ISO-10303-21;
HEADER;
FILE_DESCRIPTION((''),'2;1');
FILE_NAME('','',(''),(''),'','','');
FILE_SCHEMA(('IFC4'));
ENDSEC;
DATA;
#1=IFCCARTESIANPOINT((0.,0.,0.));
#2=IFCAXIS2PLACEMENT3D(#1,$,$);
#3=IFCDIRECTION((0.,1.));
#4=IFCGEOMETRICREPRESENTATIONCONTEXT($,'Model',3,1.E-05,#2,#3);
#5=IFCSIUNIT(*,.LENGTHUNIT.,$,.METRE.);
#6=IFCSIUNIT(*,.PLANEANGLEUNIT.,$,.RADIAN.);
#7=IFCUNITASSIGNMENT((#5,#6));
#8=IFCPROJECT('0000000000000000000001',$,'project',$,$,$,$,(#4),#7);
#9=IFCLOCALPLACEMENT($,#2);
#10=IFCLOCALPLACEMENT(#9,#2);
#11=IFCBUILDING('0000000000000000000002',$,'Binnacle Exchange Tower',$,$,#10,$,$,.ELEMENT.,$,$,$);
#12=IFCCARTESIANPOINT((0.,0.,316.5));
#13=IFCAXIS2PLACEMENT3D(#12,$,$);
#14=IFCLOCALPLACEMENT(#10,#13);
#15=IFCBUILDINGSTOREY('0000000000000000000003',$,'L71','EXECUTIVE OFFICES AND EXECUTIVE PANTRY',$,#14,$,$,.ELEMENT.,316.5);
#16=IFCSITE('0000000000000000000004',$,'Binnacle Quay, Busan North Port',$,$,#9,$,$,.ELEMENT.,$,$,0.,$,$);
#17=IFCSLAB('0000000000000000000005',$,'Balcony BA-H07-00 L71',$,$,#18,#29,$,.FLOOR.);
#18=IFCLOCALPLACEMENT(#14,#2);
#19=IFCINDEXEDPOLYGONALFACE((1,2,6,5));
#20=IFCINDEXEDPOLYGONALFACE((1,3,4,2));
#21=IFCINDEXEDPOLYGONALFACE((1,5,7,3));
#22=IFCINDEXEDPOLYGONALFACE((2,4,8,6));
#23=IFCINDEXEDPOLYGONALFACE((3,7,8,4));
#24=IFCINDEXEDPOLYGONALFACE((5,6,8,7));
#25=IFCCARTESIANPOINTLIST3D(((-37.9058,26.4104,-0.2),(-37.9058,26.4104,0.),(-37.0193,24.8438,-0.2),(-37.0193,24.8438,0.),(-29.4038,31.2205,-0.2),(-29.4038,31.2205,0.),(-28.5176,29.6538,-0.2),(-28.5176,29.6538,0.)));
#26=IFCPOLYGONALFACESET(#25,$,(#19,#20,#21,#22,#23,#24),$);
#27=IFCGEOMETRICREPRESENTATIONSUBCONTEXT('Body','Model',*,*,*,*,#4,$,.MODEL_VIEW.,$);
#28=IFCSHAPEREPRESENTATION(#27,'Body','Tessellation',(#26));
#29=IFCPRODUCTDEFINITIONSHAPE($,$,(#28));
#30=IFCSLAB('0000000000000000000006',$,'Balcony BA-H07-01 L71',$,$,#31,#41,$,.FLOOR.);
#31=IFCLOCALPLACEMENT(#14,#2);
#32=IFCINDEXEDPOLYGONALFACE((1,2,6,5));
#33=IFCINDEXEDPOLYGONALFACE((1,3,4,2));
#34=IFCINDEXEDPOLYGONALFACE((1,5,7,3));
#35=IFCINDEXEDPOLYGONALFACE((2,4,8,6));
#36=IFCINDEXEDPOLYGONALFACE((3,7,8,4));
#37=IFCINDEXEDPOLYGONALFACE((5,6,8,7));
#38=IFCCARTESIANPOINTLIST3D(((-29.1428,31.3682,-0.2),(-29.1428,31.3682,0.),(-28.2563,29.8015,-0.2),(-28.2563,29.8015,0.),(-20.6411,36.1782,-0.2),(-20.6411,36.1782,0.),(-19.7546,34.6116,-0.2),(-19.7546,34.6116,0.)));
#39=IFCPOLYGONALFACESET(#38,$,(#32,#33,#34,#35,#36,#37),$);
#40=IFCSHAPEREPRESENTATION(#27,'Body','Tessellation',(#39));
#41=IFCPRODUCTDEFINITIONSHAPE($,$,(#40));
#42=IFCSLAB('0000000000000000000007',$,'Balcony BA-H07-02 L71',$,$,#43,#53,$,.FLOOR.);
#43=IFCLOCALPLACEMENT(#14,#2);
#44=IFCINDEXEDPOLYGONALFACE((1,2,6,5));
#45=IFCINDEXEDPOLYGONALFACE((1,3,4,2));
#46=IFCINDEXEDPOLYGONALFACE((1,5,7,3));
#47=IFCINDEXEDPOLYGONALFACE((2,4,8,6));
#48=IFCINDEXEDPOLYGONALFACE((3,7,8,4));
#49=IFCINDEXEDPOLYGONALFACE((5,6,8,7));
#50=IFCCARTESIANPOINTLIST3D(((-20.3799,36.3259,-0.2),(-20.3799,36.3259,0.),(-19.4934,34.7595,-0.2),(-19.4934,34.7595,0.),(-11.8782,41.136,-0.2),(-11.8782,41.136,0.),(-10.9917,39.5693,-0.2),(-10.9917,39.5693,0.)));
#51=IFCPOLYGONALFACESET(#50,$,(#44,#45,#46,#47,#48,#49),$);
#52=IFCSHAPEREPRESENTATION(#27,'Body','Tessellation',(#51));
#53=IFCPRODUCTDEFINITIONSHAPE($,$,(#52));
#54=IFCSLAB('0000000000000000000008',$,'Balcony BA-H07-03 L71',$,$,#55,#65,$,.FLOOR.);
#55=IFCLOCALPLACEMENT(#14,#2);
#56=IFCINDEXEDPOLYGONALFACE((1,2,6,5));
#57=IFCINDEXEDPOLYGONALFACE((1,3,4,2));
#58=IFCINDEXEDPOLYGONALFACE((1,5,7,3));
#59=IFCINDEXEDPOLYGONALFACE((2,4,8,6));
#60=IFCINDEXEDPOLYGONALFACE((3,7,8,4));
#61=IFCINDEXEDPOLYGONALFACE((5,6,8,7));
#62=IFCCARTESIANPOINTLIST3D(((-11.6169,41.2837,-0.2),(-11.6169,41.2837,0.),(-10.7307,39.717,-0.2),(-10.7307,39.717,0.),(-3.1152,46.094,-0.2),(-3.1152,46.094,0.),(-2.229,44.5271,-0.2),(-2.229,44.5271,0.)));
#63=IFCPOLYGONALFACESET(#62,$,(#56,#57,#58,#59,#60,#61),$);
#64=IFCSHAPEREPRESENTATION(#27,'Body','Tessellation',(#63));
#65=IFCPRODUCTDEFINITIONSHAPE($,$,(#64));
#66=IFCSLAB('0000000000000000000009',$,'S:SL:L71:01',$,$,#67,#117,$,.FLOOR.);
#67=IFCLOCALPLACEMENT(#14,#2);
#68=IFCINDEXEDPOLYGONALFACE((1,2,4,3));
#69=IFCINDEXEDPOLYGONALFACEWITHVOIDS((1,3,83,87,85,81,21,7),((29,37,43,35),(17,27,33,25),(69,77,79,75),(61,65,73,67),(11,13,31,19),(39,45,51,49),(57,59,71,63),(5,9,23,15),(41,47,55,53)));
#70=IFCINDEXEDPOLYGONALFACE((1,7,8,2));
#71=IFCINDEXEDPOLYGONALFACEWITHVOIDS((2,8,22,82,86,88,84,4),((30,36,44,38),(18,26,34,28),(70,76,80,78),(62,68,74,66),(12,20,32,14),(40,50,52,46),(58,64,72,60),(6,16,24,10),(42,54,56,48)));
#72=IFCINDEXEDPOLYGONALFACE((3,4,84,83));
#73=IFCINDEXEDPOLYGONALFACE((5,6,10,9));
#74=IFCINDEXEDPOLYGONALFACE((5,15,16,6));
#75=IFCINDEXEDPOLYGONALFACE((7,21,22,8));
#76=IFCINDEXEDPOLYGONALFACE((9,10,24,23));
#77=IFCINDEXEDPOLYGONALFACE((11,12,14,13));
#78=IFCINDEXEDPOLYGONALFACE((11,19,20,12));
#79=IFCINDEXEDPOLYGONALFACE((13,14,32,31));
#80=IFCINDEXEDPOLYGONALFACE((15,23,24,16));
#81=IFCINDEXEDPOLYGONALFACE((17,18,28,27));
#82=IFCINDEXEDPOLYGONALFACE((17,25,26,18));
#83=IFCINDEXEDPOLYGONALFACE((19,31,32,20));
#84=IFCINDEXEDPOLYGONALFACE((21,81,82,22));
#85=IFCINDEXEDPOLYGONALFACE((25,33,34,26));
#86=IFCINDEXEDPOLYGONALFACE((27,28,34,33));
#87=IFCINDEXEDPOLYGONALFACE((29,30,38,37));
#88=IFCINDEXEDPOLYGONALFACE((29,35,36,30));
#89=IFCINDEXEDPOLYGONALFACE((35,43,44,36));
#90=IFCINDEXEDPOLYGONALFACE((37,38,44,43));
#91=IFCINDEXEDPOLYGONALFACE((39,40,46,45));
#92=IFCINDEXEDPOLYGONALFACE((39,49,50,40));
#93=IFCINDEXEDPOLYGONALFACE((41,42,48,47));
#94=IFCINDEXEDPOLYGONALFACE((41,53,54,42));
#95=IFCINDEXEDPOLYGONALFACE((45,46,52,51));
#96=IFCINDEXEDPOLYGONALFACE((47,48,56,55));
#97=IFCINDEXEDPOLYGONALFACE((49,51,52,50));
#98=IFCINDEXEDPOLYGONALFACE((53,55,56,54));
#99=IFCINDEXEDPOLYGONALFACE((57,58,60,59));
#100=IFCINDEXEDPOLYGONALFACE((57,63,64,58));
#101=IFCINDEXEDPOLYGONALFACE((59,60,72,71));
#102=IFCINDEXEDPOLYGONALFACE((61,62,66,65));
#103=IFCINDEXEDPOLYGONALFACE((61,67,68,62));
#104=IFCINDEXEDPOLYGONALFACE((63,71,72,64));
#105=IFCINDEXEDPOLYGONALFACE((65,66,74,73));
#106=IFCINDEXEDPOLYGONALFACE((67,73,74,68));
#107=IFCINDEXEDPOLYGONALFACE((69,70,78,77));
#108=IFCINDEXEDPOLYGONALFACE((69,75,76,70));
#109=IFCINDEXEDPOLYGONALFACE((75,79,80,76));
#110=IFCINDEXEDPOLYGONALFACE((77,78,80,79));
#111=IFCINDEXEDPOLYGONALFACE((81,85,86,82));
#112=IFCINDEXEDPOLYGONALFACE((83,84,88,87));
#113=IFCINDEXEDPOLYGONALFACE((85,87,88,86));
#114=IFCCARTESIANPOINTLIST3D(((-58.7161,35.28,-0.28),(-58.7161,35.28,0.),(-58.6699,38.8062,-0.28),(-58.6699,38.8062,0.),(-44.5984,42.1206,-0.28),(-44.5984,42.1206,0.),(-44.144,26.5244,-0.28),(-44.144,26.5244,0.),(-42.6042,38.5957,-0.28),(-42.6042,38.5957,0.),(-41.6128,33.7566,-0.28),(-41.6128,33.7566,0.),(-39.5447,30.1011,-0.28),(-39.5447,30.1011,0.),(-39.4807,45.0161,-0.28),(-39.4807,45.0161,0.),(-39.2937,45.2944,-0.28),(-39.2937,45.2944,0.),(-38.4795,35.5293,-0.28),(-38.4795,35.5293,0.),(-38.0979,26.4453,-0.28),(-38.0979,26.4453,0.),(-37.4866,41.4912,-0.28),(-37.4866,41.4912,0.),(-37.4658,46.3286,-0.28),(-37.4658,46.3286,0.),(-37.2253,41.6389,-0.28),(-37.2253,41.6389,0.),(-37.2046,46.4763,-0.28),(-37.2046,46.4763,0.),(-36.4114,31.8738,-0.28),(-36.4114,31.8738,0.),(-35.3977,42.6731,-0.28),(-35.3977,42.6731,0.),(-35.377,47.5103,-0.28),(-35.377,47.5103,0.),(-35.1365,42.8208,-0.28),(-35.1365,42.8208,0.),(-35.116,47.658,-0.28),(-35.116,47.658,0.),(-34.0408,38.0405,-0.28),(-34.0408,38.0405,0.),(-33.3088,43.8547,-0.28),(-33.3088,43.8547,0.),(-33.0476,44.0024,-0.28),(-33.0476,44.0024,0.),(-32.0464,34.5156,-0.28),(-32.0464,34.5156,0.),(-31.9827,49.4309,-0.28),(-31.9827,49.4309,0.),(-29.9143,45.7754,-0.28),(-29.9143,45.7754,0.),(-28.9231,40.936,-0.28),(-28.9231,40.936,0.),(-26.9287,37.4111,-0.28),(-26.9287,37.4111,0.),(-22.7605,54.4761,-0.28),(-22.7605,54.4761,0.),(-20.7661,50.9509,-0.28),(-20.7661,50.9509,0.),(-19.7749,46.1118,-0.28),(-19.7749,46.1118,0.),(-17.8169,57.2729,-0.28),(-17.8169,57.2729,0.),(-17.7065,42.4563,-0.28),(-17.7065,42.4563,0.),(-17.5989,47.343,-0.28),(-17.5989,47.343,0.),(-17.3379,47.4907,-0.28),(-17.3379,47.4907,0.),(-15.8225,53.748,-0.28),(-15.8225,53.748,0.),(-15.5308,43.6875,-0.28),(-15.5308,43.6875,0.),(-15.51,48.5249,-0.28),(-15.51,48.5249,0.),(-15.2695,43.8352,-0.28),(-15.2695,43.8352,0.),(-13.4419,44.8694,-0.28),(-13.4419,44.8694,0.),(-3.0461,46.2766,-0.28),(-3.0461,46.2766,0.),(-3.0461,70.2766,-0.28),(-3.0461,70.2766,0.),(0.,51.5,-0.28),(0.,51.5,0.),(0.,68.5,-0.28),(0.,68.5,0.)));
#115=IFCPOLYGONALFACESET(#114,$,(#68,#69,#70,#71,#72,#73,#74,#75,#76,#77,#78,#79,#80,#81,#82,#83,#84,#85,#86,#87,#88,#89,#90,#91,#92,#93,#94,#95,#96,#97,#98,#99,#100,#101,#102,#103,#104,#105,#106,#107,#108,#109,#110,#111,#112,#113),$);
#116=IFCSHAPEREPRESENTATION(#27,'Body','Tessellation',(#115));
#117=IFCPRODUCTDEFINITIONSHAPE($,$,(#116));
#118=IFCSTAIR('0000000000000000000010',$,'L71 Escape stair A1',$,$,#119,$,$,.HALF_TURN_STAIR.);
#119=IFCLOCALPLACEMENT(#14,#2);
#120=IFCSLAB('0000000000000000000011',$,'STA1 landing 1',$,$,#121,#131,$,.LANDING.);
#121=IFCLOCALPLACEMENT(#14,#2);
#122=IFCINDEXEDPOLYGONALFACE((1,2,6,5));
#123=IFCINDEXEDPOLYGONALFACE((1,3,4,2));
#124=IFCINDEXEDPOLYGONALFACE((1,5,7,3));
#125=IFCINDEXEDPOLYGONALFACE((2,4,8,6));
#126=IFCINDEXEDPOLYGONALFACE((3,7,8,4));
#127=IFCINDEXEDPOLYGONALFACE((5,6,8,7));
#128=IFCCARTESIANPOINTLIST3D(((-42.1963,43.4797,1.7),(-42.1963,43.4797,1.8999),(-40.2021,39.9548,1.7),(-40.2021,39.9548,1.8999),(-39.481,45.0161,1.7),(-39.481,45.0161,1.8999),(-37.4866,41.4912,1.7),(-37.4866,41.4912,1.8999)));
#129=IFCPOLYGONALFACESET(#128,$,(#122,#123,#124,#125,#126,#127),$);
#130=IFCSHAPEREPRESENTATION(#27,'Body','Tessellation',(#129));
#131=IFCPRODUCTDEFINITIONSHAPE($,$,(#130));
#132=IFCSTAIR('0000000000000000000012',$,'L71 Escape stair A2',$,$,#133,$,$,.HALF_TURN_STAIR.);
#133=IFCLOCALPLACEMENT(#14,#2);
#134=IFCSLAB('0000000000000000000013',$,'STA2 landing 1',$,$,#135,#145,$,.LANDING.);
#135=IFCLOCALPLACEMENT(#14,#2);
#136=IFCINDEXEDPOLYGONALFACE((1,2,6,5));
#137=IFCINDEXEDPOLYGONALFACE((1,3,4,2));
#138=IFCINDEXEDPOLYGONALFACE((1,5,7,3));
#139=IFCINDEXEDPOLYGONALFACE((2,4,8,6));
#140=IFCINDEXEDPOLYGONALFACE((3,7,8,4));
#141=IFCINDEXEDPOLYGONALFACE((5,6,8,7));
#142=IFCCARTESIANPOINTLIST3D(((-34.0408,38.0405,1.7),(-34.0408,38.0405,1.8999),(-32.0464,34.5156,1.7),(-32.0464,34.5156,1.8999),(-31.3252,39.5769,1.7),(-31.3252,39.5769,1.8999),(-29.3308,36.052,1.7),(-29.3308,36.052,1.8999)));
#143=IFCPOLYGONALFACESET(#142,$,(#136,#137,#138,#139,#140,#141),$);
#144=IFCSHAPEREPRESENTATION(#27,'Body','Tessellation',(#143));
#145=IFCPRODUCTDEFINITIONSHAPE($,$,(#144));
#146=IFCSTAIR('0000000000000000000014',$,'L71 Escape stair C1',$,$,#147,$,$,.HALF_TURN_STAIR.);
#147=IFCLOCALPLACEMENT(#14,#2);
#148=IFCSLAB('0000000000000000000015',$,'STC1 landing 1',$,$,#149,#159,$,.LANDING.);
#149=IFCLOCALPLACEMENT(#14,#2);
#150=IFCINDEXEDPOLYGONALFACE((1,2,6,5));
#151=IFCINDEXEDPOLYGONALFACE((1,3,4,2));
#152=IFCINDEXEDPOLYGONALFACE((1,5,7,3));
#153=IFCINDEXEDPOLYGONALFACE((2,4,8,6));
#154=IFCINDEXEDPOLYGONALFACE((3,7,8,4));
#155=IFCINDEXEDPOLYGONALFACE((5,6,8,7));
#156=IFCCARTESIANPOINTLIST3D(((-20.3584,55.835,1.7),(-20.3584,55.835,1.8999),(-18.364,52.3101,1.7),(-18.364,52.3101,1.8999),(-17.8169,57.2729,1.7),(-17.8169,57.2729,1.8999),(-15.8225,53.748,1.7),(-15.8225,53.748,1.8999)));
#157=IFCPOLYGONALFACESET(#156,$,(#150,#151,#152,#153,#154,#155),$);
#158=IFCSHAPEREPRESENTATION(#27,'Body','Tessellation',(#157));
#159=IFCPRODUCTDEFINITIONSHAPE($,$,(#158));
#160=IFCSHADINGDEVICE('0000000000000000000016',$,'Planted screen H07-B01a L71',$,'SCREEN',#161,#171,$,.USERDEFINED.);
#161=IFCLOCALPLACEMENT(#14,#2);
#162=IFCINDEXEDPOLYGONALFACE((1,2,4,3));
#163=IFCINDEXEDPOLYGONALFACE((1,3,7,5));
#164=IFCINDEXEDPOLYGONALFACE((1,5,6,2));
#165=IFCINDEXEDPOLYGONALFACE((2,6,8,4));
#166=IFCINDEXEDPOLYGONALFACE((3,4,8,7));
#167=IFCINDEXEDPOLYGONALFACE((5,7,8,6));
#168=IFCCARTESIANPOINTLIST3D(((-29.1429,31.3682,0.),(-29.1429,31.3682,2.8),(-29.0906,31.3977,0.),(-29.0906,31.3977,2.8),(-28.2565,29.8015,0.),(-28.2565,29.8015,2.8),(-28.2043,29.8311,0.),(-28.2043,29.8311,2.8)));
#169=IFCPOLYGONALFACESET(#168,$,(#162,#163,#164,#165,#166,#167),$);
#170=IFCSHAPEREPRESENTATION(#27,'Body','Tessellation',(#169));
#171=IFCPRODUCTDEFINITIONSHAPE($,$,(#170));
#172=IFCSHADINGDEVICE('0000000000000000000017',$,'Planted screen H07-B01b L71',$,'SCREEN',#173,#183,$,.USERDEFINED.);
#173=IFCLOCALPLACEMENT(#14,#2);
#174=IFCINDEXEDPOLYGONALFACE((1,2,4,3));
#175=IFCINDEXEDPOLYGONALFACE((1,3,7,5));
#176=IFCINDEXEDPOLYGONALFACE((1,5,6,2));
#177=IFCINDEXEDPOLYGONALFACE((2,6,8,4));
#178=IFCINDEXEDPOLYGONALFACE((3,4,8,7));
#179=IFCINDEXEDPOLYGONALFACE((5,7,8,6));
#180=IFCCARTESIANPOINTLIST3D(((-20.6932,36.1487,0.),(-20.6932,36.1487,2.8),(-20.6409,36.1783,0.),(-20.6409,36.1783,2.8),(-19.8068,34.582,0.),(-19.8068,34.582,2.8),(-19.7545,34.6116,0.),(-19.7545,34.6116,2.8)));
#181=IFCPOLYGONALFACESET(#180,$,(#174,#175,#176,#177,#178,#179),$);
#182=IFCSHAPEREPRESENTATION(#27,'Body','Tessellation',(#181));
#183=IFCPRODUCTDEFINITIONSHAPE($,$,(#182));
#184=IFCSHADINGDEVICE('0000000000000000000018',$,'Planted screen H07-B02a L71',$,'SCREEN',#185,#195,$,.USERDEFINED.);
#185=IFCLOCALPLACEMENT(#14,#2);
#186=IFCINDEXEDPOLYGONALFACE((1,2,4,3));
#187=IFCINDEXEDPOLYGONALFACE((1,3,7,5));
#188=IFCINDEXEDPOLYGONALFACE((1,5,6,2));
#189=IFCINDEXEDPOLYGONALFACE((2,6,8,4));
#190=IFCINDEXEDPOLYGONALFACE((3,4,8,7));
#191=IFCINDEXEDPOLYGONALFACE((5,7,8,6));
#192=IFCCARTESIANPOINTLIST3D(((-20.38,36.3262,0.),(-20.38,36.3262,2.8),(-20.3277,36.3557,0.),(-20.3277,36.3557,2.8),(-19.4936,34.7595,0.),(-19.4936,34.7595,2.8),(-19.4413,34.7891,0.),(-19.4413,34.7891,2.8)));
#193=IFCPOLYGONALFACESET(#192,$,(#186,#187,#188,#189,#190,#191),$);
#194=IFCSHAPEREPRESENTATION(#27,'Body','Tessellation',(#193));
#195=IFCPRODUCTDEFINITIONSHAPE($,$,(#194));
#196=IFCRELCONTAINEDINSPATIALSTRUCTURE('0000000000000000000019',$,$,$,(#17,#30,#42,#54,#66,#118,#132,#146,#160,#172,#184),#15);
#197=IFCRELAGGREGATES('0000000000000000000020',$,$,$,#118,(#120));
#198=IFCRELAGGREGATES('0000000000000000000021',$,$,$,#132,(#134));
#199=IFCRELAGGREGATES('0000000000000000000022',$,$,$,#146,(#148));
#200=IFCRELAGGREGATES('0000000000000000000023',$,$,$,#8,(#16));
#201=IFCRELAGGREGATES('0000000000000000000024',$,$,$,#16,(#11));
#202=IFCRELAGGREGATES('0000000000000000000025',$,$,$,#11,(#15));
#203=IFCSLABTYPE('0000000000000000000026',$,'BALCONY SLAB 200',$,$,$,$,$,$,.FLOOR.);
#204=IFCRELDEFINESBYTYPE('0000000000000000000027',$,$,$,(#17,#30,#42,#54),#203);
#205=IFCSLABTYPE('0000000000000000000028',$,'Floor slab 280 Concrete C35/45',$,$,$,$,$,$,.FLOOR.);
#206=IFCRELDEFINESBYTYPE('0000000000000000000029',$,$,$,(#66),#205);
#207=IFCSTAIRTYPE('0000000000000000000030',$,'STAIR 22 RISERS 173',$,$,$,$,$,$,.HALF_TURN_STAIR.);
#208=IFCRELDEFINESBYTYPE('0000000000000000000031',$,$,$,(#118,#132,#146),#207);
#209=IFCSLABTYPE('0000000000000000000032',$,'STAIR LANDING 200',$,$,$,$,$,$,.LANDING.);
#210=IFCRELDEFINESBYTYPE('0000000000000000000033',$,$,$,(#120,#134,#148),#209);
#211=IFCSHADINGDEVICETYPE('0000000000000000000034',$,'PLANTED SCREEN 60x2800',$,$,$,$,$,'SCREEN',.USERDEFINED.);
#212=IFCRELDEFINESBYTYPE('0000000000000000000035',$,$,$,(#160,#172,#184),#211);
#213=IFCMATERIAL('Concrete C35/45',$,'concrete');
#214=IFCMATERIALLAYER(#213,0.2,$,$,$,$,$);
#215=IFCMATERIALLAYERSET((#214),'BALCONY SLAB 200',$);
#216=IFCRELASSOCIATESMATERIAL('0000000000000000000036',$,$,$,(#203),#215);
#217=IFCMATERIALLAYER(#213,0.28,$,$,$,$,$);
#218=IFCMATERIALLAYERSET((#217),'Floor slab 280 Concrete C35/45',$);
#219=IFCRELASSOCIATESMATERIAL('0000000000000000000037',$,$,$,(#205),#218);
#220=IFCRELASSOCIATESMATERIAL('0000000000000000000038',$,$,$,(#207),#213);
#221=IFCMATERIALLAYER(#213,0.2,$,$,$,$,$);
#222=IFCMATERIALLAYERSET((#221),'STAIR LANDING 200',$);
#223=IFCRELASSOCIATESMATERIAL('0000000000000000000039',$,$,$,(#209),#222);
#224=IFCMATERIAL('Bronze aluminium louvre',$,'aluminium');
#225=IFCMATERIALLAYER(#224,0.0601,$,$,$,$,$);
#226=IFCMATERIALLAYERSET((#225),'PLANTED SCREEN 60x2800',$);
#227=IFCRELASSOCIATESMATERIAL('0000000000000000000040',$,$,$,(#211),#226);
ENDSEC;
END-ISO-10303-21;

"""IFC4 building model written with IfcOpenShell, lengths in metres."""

from ifc_helpers import new_model, si_unit, direction, frame, origin, origin_2d, place, context, subcontext, project, spatial, polyline, rectangle, outline, extrude, material, layer, layer_set, type_object, element, aggregate, save


model = new_model("IFC4")

# Units and contexts
model_context = context("Model", 3, precision=1e-05, world=origin(), true_north=direction((0.0, 1.0)))
body_context = subcontext(model_context, "Body", "Model", "MODEL_VIEW")
ifc_project = project(units=[si_unit("LENGTHUNIT", "METRE"), si_unit("PLANEANGLEUNIT", "RADIAN")], contexts=[model_context])

# Site, building, storey
site_placement = place(None, origin())
site = spatial("IfcSite", under=ifc_project, at=site_placement, Name="Binnacle Quay, Busan North Port", CompositionType="ELEMENT", RefElevation=0.0)
building_placement = place(site_placement, origin())
building = spatial("IfcBuilding", under=site, at=building_placement, Name="Binnacle Exchange Tower", CompositionType="ELEMENT")
storey_placement = place(building_placement, frame((0.0, 0.0, 316.5)))
storey = spatial("IfcBuildingStorey", under=building, at=storey_placement, Name="L71", Description="EXECUTIVE OFFICES AND EXECUTIVE PANTRY", CompositionType="ELEMENT", Elevation=316.5)

# Slabs
ifc_material_1 = material(Name="Concrete C35/45", Category="concrete")
ifc_layer_1 = layer(ifc_material_1, 0.2)
ifc_layer_set_1 = layer_set([ifc_layer_1], Name="BALCONY SLAB 200")
slab_type_1 = type_object("IfcSlabType", Name="BALCONY SLAB 200", PredefinedType="FLOOR", material=ifc_layer_set_1)
slab_1_placement = place(storey_placement, frame((0.0, 0.0, -0.2)))
element("IfcSlab", 1, at=slab_1_placement, inside=storey, type_object=slab_type_1, Name="Balcony BA-H07-00 L71", PredefinedType="FLOOR", context=body_context, shape_type="SweptSolid", body=[
    extrude(outline(polyline([(-37.9058, 26.4104), (-29.4038, 31.2205), (-28.5176, 29.6538), (-37.0193, 24.8438), (-37.9058, 26.4104)])), origin(), (0.0, 0.0, 1.0), 0.2),
])
slab_2_placement = place(storey_placement, frame((0.0, 0.0, -0.2)))
element("IfcSlab", 2, at=slab_2_placement, inside=storey, type_object=slab_type_1, Name="Balcony BA-H07-01 L71", PredefinedType="FLOOR", context=body_context, shape_type="SweptSolid", body=[
    extrude(outline(polyline([(-29.1428, 31.3682), (-20.6411, 36.1782), (-19.7546, 34.6116), (-28.2563, 29.8015), (-29.1428, 31.3682)])), origin(), (0.0, 0.0, 1.0), 0.2),
])
slab_3_placement = place(storey_placement, frame((0.0, 0.0, -0.2)))
element("IfcSlab", 3, at=slab_3_placement, inside=storey, type_object=slab_type_1, Name="Balcony BA-H07-02 L71", PredefinedType="FLOOR", context=body_context, shape_type="SweptSolid", body=[
    extrude(outline(polyline([(-20.3799, 36.3259), (-11.8782, 41.136), (-10.9917, 39.5693), (-19.4934, 34.7595), (-20.3799, 36.3259)])), origin(), (0.0, 0.0, 1.0), 0.2),
])
slab_4_placement = place(storey_placement, frame((0.0, 0.0, -0.2)))
element("IfcSlab", 4, at=slab_4_placement, inside=storey, type_object=slab_type_1, Name="Balcony BA-H07-03 L71", PredefinedType="FLOOR", context=body_context, shape_type="SweptSolid", body=[
    extrude(outline(polyline([(-11.6169, 41.2837), (-3.1152, 46.094), (-2.229, 44.5271), (-10.7307, 39.717), (-11.6169, 41.2837)])), origin(), (0.0, 0.0, 1.0), 0.2),
])
ifc_layer_2 = layer(ifc_material_1, 0.28)
ifc_layer_set_2 = layer_set([ifc_layer_2], Name="Floor slab 280 Concrete C35/45")
slab_type_2 = type_object("IfcSlabType", Name="Floor slab 280 Concrete C35/45", PredefinedType="FLOOR", material=ifc_layer_set_2)
slab_5_placement = place(storey_placement, frame((0.0, 0.0, -0.28)))
element("IfcSlab", 5, at=slab_5_placement, inside=storey, type_object=slab_type_2, Name="S:SL:L71:01", PredefinedType="FLOOR", context=body_context, shape_type="SweptSolid", body=[
    extrude(outline(polyline([(-38.0979, 26.4453), (-44.144, 26.5244), (-58.7161, 35.28), (-58.6699, 38.8062), (-3.0461, 70.2766), (0.0, 68.5), (0.0, 51.5), (-3.0461, 46.2766), (-38.0979, 26.4453)]), holes=[polyline([(-38.4795, 35.5293), (-41.6128, 33.7566), (-39.5447, 30.1011), (-36.4114, 31.8738), (-38.4795, 35.5293)]), polyline([(-32.0464, 34.5156), (-26.9287, 37.4111), (-28.9231, 40.936), (-34.0408, 38.0405), (-32.0464, 34.5156)]), polyline([(-39.4807, 45.0161), (-44.5984, 42.1206), (-42.6042, 38.5957), (-37.4866, 41.4912), (-39.4807, 45.0161)]), polyline([(-37.4658, 46.3286), (-39.2937, 45.2944), (-37.2253, 41.6389), (-35.3977, 42.6731), (-37.4658, 46.3286)]), polyline([(-17.5989, 47.343), (-19.7749, 46.1118), (-17.7065, 42.4563), (-15.5308, 43.6875), (-17.5989, 47.343)]), polyline([(-35.377, 47.5103), (-37.2046, 46.4763), (-35.1365, 42.8208), (-33.3088, 43.8547), (-35.377, 47.5103)]), polyline([(-15.51, 48.5249), (-17.3379, 47.4907), (-15.2695, 43.8352), (-13.4419, 44.8694), (-15.51, 48.5249)]), polyline([(-29.9143, 45.7754), (-31.9827, 49.4309), (-35.116, 47.658), (-33.0476, 44.0024), (-29.9143, 45.7754)]), polyline([(-15.8225, 53.748), (-17.8169, 57.2729), (-22.7605, 54.4761), (-20.7661, 50.9509), (-15.8225, 53.748)])]), origin(), (0.0, 0.0, 1.0), 0.28),
])

# Stairs, slabs
stair_type = type_object("IfcStairType", Name="STAIR 22 RISERS 173", PredefinedType="HALF_TURN_STAIR", material=ifc_material_1)
stair_1_placement = place(storey_placement, origin())
stair_1 = element("IfcStair", 6, at=stair_1_placement, inside=storey, type_object=stair_type, Name="L71 Escape stair A1", PredefinedType="HALF_TURN_STAIR")
ifc_layer_3 = layer(ifc_material_1, 0.2)
ifc_layer_set_3 = layer_set([ifc_layer_3], Name="STAIR LANDING 200")
slab_type_3 = type_object("IfcSlabType", Name="STAIR LANDING 200", PredefinedType="LANDING", material=ifc_layer_set_3)
slab_6_placement = place(storey_placement, frame((0.0, 0.0, 1.7)))
slab_6 = element("IfcSlab", 7, at=slab_6_placement, type_object=slab_type_3, Name="STA1 landing 1", PredefinedType="LANDING", context=body_context, shape_type="SweptSolid", body=[
    extrude(outline(polyline([(-40.2021, 39.9548), (-37.4866, 41.4912), (-39.481, 45.0161), (-42.1963, 43.4797), (-40.2021, 39.9548)])), origin(), (0.0, 0.0, 1.0), 0.2),
])
aggregate(stair_1, [slab_6])
stair_2_placement = place(storey_placement, origin())
stair_2 = element("IfcStair", 8, at=stair_2_placement, inside=storey, type_object=stair_type, Name="L71 Escape stair A2", PredefinedType="HALF_TURN_STAIR")
slab_7_placement = place(storey_placement, frame((0.0, 0.0, 1.7)))
slab_7 = element("IfcSlab", 9, at=slab_7_placement, type_object=slab_type_3, Name="STA2 landing 1", PredefinedType="LANDING", context=body_context, shape_type="SweptSolid", body=[
    extrude(outline(polyline([(-31.3252, 39.5769), (-34.0408, 38.0405), (-32.0464, 34.5156), (-29.3308, 36.052), (-31.3252, 39.5769)])), origin(), (0.0, 0.0, 1.0), 0.2),
])
aggregate(stair_2, [slab_7])
stair_3_placement = place(storey_placement, origin())
stair_3 = element("IfcStair", 10, at=stair_3_placement, inside=storey, type_object=stair_type, Name="L71 Escape stair C1", PredefinedType="HALF_TURN_STAIR")
slab_8_placement = place(storey_placement, frame((0.0, 0.0, 1.7)))
slab_8 = element("IfcSlab", 11, at=slab_8_placement, type_object=slab_type_3, Name="STC1 landing 1", PredefinedType="LANDING", context=body_context, shape_type="SweptSolid", body=[
    extrude(outline(polyline([(-18.364, 52.3101), (-15.8225, 53.748), (-17.8169, 57.2729), (-20.3584, 55.835), (-18.364, 52.3101)])), origin(), (0.0, 0.0, 1.0), 0.2),
])
aggregate(stair_3, [slab_8])

# Shading devices
ifc_material_2 = material(Name="Bronze aluminium louvre", Category="aluminium")
ifc_layer_4 = layer(ifc_material_2, 0.0601)
ifc_layer_set_4 = layer_set([ifc_layer_4], Name="PLANTED SCREEN 60x2800")
shading_device_type_1 = type_object("IfcShadingDeviceType", Name="PLANTED SCREEN 60x2800", ElementType="SCREEN", PredefinedType="USERDEFINED", material=ifc_layer_set_4)
for number, where, z_axis, x_axis, name in (
    (12, (-28.6736, 30.5996, 0.0), (0.0, 0.0, 1.0), (0.870356, 0.492424, 0.0), "Planted screen H07-B01a L71"),
    (13, (-20.2239, 35.3801, 0.0), (0.0, 0.0, 1.0), (0.870356, 0.492424, 0.0), "Planted screen H07-B01b L71"),
    (14, (-19.9106, 35.5576, 0.0), (0.0, 0.0, 1.0), (0.870356, 0.492424, 0.0), "Planted screen H07-B02a L71"),
):
    element("IfcShadingDevice", number, at=place(storey_placement, frame(where, z_axis=z_axis, x_axis=x_axis)), inside=storey, type_object=shading_device_type_1, Name=name, ObjectType="SCREEN", PredefinedType="USERDEFINED", context=body_context, shape_type="SweptSolid", body=[
        extrude(rectangle(XDim=0.0601, YDim=1.8, at=origin_2d()), origin(), (0.0, 0.0, 1.0), 2.8),
    ])

save(model, "model.ifc")
